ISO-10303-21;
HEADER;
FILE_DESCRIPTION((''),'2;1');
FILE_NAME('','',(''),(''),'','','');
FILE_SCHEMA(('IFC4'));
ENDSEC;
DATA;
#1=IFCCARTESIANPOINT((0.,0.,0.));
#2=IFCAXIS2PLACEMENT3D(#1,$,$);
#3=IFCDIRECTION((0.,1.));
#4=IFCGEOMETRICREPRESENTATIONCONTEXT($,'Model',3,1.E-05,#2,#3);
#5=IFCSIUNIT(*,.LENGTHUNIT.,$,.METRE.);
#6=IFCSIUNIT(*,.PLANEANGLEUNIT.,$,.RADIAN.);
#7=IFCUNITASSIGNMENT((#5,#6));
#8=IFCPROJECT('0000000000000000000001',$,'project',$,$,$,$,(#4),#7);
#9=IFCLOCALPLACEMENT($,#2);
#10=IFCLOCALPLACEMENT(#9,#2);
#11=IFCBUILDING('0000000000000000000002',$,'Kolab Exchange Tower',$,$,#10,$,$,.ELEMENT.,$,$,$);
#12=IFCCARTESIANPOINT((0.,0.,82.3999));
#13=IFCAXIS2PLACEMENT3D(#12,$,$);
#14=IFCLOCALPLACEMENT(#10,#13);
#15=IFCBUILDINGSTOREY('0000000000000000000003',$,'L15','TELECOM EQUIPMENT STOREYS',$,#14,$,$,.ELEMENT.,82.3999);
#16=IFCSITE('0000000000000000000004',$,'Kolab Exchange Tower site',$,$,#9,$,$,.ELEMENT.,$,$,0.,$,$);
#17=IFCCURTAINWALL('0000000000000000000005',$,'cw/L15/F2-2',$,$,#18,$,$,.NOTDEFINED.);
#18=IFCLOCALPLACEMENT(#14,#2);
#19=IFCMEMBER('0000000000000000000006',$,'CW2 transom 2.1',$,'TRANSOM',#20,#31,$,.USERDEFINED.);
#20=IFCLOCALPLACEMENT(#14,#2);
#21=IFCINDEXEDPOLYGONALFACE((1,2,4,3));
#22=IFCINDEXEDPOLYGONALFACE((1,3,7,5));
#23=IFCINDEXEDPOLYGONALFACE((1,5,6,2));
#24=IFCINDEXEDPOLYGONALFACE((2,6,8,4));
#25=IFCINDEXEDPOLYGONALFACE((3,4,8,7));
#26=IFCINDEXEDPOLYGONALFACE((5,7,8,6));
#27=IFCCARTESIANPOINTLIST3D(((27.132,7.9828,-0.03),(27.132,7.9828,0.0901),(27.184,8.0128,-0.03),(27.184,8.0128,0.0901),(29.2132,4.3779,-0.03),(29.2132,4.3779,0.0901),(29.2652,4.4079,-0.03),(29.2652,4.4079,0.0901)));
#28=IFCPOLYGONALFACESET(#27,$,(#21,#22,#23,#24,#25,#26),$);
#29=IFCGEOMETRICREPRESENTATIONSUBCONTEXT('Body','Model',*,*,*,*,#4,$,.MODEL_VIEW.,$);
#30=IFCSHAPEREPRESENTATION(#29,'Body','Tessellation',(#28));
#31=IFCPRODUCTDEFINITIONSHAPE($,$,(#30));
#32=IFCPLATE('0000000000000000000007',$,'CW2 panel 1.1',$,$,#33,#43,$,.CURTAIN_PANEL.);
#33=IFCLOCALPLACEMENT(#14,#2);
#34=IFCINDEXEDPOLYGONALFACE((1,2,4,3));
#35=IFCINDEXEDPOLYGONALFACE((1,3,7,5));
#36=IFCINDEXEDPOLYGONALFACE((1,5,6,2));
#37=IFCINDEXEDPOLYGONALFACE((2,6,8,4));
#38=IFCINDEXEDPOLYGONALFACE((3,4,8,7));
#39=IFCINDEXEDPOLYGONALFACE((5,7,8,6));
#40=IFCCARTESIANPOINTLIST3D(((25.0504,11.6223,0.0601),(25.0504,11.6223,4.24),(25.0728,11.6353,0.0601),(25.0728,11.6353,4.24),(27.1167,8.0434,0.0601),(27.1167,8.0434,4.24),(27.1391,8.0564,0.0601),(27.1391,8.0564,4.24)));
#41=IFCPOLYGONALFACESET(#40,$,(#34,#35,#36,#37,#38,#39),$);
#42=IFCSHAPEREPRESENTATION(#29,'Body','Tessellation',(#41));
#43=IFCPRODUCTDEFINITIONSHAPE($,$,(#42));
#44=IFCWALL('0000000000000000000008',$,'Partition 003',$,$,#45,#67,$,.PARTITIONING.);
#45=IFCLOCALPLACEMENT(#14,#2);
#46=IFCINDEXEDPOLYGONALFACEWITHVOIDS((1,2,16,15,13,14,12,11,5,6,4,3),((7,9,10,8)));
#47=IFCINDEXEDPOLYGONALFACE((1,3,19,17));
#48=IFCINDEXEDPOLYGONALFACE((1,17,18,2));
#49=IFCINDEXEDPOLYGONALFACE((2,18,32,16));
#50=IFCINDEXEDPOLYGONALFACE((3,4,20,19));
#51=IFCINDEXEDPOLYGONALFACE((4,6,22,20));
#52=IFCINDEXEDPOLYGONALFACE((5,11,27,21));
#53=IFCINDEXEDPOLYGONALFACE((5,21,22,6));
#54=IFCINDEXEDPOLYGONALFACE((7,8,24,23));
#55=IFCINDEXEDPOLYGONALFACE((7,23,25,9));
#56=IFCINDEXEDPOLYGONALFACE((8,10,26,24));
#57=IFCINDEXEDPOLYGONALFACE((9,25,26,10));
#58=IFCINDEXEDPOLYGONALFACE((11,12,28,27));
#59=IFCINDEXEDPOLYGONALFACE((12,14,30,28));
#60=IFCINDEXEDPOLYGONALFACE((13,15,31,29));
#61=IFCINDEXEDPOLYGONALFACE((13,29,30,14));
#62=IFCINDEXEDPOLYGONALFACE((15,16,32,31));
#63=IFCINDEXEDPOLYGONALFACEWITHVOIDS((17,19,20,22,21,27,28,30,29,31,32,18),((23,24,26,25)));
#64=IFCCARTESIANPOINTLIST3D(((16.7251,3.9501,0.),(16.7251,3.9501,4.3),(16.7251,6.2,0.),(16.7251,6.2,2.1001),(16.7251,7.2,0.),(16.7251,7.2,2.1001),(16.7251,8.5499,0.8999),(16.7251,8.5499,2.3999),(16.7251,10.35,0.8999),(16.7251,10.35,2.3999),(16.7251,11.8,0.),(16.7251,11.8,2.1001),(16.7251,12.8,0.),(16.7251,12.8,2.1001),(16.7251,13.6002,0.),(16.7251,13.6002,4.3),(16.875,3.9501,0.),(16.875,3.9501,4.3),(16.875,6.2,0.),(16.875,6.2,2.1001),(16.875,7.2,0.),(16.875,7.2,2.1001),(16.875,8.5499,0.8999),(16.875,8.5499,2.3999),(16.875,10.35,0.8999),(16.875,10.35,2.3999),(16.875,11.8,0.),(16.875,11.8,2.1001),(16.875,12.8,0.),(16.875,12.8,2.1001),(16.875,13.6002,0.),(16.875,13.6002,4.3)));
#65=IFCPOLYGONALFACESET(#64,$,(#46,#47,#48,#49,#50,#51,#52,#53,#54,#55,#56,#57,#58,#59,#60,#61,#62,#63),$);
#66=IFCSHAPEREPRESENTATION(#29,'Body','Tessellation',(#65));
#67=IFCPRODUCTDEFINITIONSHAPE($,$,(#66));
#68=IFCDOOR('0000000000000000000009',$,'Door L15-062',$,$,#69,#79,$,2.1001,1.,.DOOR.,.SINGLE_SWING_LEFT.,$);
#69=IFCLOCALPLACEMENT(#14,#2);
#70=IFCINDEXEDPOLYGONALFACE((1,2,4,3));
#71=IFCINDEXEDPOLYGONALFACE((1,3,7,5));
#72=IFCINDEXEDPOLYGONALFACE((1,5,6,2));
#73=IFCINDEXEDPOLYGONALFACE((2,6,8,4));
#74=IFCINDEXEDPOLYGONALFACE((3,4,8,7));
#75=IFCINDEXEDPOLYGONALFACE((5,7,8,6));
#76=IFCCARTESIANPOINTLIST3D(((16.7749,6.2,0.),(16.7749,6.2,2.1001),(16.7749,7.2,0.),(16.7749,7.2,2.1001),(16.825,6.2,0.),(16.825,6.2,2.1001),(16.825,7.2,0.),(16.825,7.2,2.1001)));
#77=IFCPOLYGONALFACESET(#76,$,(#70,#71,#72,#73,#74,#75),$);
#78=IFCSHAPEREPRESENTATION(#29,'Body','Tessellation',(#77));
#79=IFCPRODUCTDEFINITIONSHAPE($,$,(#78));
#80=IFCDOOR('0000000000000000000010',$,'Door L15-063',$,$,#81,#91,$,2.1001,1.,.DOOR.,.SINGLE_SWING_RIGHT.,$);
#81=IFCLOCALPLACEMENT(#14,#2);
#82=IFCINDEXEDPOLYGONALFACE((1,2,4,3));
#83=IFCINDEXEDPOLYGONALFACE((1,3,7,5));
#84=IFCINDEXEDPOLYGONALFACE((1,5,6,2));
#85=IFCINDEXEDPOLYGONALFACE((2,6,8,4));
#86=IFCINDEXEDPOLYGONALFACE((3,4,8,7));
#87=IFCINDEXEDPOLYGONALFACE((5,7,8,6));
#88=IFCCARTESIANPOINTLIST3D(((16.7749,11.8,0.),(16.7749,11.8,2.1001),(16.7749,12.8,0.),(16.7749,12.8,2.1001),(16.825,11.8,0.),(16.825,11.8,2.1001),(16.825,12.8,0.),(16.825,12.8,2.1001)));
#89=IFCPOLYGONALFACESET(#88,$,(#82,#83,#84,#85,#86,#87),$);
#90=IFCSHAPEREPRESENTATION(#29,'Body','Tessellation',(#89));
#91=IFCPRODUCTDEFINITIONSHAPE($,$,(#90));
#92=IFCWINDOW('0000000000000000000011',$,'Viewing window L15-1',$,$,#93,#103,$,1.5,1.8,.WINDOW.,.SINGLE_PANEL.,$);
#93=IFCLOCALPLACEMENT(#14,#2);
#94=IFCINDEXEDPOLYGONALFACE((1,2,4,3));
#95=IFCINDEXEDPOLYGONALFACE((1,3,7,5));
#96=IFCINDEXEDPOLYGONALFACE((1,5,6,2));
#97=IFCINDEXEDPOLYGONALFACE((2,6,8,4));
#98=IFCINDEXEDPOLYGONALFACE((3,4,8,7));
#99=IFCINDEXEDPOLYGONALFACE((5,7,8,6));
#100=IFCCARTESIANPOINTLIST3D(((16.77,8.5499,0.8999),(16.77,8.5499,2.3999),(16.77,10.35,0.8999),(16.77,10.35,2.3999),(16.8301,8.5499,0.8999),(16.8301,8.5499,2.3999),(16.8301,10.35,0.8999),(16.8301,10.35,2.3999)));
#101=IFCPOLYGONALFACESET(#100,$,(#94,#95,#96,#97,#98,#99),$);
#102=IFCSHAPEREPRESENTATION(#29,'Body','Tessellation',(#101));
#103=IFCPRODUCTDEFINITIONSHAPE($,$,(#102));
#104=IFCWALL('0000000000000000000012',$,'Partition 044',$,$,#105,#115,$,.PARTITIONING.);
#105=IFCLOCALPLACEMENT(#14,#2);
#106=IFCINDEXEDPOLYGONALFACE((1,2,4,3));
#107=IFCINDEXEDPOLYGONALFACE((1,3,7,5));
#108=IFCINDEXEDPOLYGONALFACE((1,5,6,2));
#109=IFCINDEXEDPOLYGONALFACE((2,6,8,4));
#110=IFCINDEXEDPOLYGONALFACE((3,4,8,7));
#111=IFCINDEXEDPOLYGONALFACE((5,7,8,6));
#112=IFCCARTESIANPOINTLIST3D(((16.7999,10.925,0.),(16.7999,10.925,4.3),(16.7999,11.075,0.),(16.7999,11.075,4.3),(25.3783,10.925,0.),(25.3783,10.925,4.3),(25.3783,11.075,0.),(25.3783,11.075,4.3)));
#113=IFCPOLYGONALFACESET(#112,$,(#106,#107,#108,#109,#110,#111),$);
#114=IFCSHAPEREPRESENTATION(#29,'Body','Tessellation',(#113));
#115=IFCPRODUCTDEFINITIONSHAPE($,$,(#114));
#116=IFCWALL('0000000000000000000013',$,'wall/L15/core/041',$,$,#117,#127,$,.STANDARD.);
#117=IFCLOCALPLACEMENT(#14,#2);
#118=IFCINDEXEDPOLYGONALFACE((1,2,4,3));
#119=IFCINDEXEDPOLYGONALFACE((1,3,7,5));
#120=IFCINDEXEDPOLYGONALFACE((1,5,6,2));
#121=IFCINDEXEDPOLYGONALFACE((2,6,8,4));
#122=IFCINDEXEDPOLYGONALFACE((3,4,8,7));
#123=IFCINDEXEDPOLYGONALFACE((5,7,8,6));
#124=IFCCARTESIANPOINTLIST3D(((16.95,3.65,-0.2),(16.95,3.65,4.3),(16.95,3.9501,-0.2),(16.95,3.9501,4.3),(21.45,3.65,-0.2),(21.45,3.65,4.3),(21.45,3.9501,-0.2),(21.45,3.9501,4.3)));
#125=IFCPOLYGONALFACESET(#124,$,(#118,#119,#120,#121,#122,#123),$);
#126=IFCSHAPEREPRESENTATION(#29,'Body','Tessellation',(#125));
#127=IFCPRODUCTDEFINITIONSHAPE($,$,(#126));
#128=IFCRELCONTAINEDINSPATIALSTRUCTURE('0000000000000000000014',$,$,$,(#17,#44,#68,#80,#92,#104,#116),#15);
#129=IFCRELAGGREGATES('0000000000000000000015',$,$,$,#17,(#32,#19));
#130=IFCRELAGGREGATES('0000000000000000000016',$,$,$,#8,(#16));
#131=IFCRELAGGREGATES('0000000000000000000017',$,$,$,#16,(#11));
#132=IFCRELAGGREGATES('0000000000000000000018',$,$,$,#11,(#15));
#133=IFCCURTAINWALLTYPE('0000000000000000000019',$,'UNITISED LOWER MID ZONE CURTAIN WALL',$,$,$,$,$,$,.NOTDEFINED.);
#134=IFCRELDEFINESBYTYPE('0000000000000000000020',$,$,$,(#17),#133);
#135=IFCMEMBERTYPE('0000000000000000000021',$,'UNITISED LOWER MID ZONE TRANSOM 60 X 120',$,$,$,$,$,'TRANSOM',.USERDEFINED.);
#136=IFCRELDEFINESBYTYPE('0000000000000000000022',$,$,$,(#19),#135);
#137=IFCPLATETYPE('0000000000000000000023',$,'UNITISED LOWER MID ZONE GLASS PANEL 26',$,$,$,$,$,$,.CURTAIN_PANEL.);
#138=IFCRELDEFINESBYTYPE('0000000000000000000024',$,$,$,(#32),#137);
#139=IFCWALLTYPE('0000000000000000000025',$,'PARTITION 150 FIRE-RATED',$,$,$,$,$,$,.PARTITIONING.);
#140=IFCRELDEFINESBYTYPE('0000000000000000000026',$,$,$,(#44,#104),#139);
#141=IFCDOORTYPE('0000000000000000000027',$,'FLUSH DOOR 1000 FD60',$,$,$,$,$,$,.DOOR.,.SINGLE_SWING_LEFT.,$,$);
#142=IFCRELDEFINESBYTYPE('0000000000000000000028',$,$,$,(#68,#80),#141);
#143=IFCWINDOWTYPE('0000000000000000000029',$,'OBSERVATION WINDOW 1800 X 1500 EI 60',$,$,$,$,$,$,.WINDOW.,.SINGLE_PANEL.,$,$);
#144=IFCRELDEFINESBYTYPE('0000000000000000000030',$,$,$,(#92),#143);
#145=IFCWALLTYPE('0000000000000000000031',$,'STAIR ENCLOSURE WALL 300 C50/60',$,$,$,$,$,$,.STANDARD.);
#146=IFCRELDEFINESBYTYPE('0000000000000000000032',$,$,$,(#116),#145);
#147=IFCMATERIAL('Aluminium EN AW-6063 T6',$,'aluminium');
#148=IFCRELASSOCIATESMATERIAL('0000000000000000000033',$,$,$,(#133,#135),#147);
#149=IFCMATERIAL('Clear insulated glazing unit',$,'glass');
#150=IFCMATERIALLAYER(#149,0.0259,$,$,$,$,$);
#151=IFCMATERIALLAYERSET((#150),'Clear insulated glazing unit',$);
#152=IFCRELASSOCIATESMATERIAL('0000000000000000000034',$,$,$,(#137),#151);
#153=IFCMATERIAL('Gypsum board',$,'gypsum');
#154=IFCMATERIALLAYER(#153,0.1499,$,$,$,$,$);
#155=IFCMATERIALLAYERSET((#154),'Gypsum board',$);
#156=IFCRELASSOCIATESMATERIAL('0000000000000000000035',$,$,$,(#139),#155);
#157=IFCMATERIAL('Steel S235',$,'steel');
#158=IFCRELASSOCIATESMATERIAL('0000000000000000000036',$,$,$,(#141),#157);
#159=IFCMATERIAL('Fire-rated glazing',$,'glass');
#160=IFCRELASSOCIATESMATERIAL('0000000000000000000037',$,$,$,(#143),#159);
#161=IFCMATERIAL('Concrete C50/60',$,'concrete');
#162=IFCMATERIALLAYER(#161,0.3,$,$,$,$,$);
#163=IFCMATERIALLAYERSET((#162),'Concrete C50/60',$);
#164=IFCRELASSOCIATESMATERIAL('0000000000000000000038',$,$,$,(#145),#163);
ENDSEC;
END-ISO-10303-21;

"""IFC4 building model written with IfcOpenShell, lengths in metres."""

from ifc_helpers import new_model, si_unit, direction, frame, frame_2d, origin, origin_2d, place, context, subcontext, project, spatial, rectangle, extrude, material, layer, layer_set, material_profile, profile_set, type_object, element, fill, aggregate, save


model = new_model("IFC4")

# Units and contexts
model_context = context("Model", 3, precision=1e-05, world=origin(), true_north=direction((0.0, 1.0)))
body_context = subcontext(model_context, "Body", "Model", "MODEL_VIEW")
ifc_project = project(units=[si_unit("LENGTHUNIT", "METRE"), si_unit("PLANEANGLEUNIT", "RADIAN")], contexts=[model_context])

# Site, building, storey
site_placement = place(None, origin())
site = spatial("IfcSite", under=ifc_project, at=site_placement, Name="Kolab Exchange Tower site", CompositionType="ELEMENT", RefElevation=0.0)
building_placement = place(site_placement, origin())
building = spatial("IfcBuilding", under=site, at=building_placement, Name="Kolab Exchange Tower", CompositionType="ELEMENT")
storey_placement = place(building_placement, frame((0.0, 0.0, 82.3999)))
storey = spatial("IfcBuildingStorey", under=building, at=storey_placement, Name="L15", Description="TELECOM EQUIPMENT STOREYS", CompositionType="ELEMENT", Elevation=82.3999)

# Curtain wall, member, plate
ifc_material_1 = material(Name="Aluminium EN AW-6063 T6", Category="aluminium")
curtain_wall_type = type_object("IfcCurtainWallType", Name="UNITISED LOWER MID ZONE CURTAIN WALL", PredefinedType="NOTDEFINED", material=ifc_material_1)
curtain_wall_placement = place(storey_placement, origin())
curtain_wall = element("IfcCurtainWall", 1, at=curtain_wall_placement, inside=storey, type_object=curtain_wall_type, Name="cw/L15/F2-2", PredefinedType="NOTDEFINED")
ifc_material_profile_1 = material_profile(ifc_material_1, rectangle(XDim=0.0601, YDim=0.1201, at=origin_2d()), Name="RECT 60X120")
ifc_profile_set_1 = profile_set([ifc_material_profile_1], Name="Aluminium EN AW-6063 T6")
member_type_1 = type_object("IfcMemberType", Name="UNITISED LOWER MID ZONE TRANSOM 60 X 120", ElementType="TRANSOM", PredefinedType="USERDEFINED", material=ifc_profile_set_1)
member_1_placement = place(storey_placement, frame((27.158, 7.9978, 0.03), z_axis=(0.499993, -0.866029, 0.0), x_axis=(0.866029, 0.499993, 0.0)))
member_1 = element("IfcMember", 2, at=member_1_placement, type_object=member_type_1, Name="CW2 transom 2.1", ObjectType="TRANSOM", PredefinedType="USERDEFINED", context=body_context, shape_type="SweptSolid", body=[
    extrude(rectangle(XDim=0.0601, YDim=0.1201, at=origin_2d()), origin(), (0.0, 0.0, 1.0), 4.1626),
])
ifc_material_2 = material(Name="Clear insulated glazing unit", Category="glass")
ifc_layer_1 = layer(ifc_material_2, 0.0259)
ifc_layer_set_1 = layer_set([ifc_layer_1], Name="Clear insulated glazing unit")
plate_type = type_object("IfcPlateType", Name="UNITISED LOWER MID ZONE GLASS PANEL 26", PredefinedType="CURTAIN_PANEL", material=ifc_layer_set_1)
plate_placement = place(storey_placement, frame((26.0947, 9.8394, 0.0601), z_axis=(0.0, 0.0, 1.0), x_axis=(0.5, -0.866025, 0.0)))
plate = element("IfcPlate", 3, at=plate_placement, type_object=plate_type, Name="CW2 panel 1.1", PredefinedType="CURTAIN_PANEL", context=body_context, shape_type="SweptSolid", body=[
    extrude(rectangle(XDim=4.1326, YDim=0.0259, at=origin_2d()), origin(), (0.0, 0.0, 1.0), 4.1799),
])
aggregate(curtain_wall, [plate, member_1])

# Wall, openings, doors, window
ifc_material_3 = material(Name="Gypsum board", Category="gypsum")
ifc_layer_2 = layer(ifc_material_3, 0.1499)
ifc_layer_set_2 = layer_set([ifc_layer_2], Name="Gypsum board")
wall_type_1 = type_object("IfcWallType", Name="PARTITION 150 FIRE-RATED", PredefinedType="PARTITIONING", material=ifc_layer_set_2)
wall_1_placement = place(storey_placement, frame((16.8, 3.95, 0.0), z_axis=(0.0, 0.0, 1.0), x_axis=(0.0, 1.0, 0.0)))
wall_1 = element("IfcWall", 4, at=wall_1_placement, inside=storey, type_object=wall_type_1, Name="Partition 003", PredefinedType="PARTITIONING", context=body_context, shape_type="SweptSolid", body=[
    extrude(rectangle(XDim=9.6501, YDim=0.1499, at=frame_2d((4.8252, 0.0))), origin(), (0.0, 0.0, 1.0), 4.3),
])
opening_1_placement = place(wall_1_placement, frame((2.25, 0.0, 0.0)))
opening_1 = element("IfcOpeningElement", 5, at=opening_1_placement, cuts=wall_1, PredefinedType="OPENING", context=body_context, shape_type="SweptSolid", body=[
    extrude(rectangle(XDim=1.0, YDim=2.1001, at=frame_2d((0.5, 1.05))), frame((0.0, 0.085, 0.0), z_axis=(0.0, -1.0, 0.0), x_axis=(1.0, 0.0, 0.0)), (0.0, 0.0, 1.0), 0.1699),
])
opening_2_placement = place(wall_1_placement, frame((7.8501, 0.0, 0.0)))
opening_2 = element("IfcOpeningElement", 6, at=opening_2_placement, cuts=wall_1, PredefinedType="OPENING", context=body_context, shape_type="SweptSolid", body=[
    extrude(rectangle(XDim=1.0, YDim=2.1001, at=frame_2d((0.5, 1.05))), frame((0.0, 0.085, 0.0), z_axis=(0.0, -1.0, 0.0), x_axis=(1.0, 0.0, 0.0)), (0.0, 0.0, 1.0), 0.1699),
])
opening_3_placement = place(wall_1_placement, frame((4.6001, 0.0, 0.8999)))
opening_3 = element("IfcOpeningElement", 7, at=opening_3_placement, cuts=wall_1, PredefinedType="OPENING", context=body_context, shape_type="SweptSolid", body=[
    extrude(rectangle(XDim=1.8, YDim=1.5, at=frame_2d((0.8999, 0.75))), frame((0.0, 0.085, 0.0), z_axis=(0.0, -1.0, 0.0), x_axis=(1.0, 0.0, 0.0)), (0.0, 0.0, 1.0), 0.1699),
])
ifc_material_4 = material(Name="Steel S235", Category="steel")
door_type = type_object("IfcDoorType", Name="FLUSH DOOR 1000 FD60", OperationType="SINGLE_SWING_LEFT", PredefinedType="DOOR", material=ifc_material_4)
door_1_placement = place(opening_1_placement, frame((1.0, 0.0, 0.0), z_axis=(0.0, 0.0, 1.0), x_axis=(-1.0, 0.0, 0.0)))
door_1 = element("IfcDoor", 8, at=door_1_placement, inside=storey, type_object=door_type, Name="Door L15-062", OperationType="SINGLE_SWING_LEFT", OverallHeight=2.1001, OverallWidth=1.0, PredefinedType="DOOR", context=body_context, shape_type="SweptSolid", body=[
    extrude(rectangle(XDim=1.0, YDim=2.1001, at=frame_2d((0.5, 1.05))), frame((0.0, 0.0249, 0.0), z_axis=(0.0, -1.0, 0.0), x_axis=(1.0, 0.0, 0.0)), (0.0, 0.0, 1.0), 0.05),
])
fill(opening_1, door_1)
door_2_placement = place(opening_2_placement, frame((1.0, 0.0, 0.0), z_axis=(0.0, 0.0, 1.0), x_axis=(-1.0, 0.0, 0.0)))
door_2 = element("IfcDoor", 9, at=door_2_placement, inside=storey, type_object=door_type, Name="Door L15-063", OperationType="SINGLE_SWING_RIGHT", OverallHeight=2.1001, OverallWidth=1.0, PredefinedType="DOOR", context=body_context, shape_type="SweptSolid", body=[
    extrude(rectangle(XDim=1.0, YDim=2.1001, at=frame_2d((0.5, 1.05))), frame((0.0, 0.0249, 0.0), z_axis=(0.0, -1.0, 0.0), x_axis=(1.0, 0.0, 0.0)), (0.0, 0.0, 1.0), 0.05),
])
fill(opening_2, door_2)
ifc_material_5 = material(Name="Fire-rated glazing", Category="glass")
window_type = type_object("IfcWindowType", Name="OBSERVATION WINDOW 1800 X 1500 EI 60", PartitioningType="SINGLE_PANEL", PredefinedType="WINDOW", material=ifc_material_5)
window_placement = place(opening_3_placement, origin())
window = element("IfcWindow", 10, at=window_placement, inside=storey, type_object=window_type, Name="Viewing window L15-1", OverallHeight=1.5, OverallWidth=1.8, PartitioningType="SINGLE_PANEL", PredefinedType="WINDOW", context=body_context, shape_type="SweptSolid", body=[
    extrude(rectangle(XDim=1.8, YDim=1.5, at=frame_2d((0.8999, 0.75))), frame((0.0, 0.03, 0.0), z_axis=(0.0, -1.0, 0.0), x_axis=(1.0, 0.0, 0.0)), (0.0, 0.0, 1.0), 0.0601),
])
fill(opening_3, window)

# Walls
wall_2_placement = place(storey_placement, frame((16.8, 11.0, 0.0), z_axis=(0.0, 0.0, 1.0), x_axis=(1.0, 0.0, 0.0)))
element("IfcWall", 11, at=wall_2_placement, inside=storey, type_object=wall_type_1, Name="Partition 044", PredefinedType="PARTITIONING", context=body_context, shape_type="SweptSolid", body=[
    extrude(rectangle(XDim=8.5784, YDim=0.1499, at=frame_2d((4.2891, 0.0))), origin(), (0.0, 0.0, 1.0), 4.3),
])
ifc_material_6 = material(Name="Concrete C50/60", Category="concrete")
ifc_layer_3 = layer(ifc_material_6, 0.3)
ifc_layer_set_3 = layer_set([ifc_layer_3], Name="Concrete C50/60")
wall_type_2 = type_object("IfcWallType", Name="STAIR ENCLOSURE WALL 300 C50/60", PredefinedType="STANDARD", material=ifc_layer_set_3)
wall_3_placement = place(storey_placement, frame((16.95, 3.8, -0.2), z_axis=(0.0, 0.0, 1.0), x_axis=(1.0, 0.0, 0.0)))
element("IfcWall", 12, at=wall_3_placement, inside=storey, type_object=wall_type_2, Name="wall/L15/core/041", PredefinedType="STANDARD", context=body_context, shape_type="SweptSolid", body=[
    extrude(rectangle(XDim=4.5, YDim=0.3, at=frame_2d((2.25, 0.0))), origin(), (0.0, 0.0, 1.0), 4.5),
])

save(model, "model.ifc")
